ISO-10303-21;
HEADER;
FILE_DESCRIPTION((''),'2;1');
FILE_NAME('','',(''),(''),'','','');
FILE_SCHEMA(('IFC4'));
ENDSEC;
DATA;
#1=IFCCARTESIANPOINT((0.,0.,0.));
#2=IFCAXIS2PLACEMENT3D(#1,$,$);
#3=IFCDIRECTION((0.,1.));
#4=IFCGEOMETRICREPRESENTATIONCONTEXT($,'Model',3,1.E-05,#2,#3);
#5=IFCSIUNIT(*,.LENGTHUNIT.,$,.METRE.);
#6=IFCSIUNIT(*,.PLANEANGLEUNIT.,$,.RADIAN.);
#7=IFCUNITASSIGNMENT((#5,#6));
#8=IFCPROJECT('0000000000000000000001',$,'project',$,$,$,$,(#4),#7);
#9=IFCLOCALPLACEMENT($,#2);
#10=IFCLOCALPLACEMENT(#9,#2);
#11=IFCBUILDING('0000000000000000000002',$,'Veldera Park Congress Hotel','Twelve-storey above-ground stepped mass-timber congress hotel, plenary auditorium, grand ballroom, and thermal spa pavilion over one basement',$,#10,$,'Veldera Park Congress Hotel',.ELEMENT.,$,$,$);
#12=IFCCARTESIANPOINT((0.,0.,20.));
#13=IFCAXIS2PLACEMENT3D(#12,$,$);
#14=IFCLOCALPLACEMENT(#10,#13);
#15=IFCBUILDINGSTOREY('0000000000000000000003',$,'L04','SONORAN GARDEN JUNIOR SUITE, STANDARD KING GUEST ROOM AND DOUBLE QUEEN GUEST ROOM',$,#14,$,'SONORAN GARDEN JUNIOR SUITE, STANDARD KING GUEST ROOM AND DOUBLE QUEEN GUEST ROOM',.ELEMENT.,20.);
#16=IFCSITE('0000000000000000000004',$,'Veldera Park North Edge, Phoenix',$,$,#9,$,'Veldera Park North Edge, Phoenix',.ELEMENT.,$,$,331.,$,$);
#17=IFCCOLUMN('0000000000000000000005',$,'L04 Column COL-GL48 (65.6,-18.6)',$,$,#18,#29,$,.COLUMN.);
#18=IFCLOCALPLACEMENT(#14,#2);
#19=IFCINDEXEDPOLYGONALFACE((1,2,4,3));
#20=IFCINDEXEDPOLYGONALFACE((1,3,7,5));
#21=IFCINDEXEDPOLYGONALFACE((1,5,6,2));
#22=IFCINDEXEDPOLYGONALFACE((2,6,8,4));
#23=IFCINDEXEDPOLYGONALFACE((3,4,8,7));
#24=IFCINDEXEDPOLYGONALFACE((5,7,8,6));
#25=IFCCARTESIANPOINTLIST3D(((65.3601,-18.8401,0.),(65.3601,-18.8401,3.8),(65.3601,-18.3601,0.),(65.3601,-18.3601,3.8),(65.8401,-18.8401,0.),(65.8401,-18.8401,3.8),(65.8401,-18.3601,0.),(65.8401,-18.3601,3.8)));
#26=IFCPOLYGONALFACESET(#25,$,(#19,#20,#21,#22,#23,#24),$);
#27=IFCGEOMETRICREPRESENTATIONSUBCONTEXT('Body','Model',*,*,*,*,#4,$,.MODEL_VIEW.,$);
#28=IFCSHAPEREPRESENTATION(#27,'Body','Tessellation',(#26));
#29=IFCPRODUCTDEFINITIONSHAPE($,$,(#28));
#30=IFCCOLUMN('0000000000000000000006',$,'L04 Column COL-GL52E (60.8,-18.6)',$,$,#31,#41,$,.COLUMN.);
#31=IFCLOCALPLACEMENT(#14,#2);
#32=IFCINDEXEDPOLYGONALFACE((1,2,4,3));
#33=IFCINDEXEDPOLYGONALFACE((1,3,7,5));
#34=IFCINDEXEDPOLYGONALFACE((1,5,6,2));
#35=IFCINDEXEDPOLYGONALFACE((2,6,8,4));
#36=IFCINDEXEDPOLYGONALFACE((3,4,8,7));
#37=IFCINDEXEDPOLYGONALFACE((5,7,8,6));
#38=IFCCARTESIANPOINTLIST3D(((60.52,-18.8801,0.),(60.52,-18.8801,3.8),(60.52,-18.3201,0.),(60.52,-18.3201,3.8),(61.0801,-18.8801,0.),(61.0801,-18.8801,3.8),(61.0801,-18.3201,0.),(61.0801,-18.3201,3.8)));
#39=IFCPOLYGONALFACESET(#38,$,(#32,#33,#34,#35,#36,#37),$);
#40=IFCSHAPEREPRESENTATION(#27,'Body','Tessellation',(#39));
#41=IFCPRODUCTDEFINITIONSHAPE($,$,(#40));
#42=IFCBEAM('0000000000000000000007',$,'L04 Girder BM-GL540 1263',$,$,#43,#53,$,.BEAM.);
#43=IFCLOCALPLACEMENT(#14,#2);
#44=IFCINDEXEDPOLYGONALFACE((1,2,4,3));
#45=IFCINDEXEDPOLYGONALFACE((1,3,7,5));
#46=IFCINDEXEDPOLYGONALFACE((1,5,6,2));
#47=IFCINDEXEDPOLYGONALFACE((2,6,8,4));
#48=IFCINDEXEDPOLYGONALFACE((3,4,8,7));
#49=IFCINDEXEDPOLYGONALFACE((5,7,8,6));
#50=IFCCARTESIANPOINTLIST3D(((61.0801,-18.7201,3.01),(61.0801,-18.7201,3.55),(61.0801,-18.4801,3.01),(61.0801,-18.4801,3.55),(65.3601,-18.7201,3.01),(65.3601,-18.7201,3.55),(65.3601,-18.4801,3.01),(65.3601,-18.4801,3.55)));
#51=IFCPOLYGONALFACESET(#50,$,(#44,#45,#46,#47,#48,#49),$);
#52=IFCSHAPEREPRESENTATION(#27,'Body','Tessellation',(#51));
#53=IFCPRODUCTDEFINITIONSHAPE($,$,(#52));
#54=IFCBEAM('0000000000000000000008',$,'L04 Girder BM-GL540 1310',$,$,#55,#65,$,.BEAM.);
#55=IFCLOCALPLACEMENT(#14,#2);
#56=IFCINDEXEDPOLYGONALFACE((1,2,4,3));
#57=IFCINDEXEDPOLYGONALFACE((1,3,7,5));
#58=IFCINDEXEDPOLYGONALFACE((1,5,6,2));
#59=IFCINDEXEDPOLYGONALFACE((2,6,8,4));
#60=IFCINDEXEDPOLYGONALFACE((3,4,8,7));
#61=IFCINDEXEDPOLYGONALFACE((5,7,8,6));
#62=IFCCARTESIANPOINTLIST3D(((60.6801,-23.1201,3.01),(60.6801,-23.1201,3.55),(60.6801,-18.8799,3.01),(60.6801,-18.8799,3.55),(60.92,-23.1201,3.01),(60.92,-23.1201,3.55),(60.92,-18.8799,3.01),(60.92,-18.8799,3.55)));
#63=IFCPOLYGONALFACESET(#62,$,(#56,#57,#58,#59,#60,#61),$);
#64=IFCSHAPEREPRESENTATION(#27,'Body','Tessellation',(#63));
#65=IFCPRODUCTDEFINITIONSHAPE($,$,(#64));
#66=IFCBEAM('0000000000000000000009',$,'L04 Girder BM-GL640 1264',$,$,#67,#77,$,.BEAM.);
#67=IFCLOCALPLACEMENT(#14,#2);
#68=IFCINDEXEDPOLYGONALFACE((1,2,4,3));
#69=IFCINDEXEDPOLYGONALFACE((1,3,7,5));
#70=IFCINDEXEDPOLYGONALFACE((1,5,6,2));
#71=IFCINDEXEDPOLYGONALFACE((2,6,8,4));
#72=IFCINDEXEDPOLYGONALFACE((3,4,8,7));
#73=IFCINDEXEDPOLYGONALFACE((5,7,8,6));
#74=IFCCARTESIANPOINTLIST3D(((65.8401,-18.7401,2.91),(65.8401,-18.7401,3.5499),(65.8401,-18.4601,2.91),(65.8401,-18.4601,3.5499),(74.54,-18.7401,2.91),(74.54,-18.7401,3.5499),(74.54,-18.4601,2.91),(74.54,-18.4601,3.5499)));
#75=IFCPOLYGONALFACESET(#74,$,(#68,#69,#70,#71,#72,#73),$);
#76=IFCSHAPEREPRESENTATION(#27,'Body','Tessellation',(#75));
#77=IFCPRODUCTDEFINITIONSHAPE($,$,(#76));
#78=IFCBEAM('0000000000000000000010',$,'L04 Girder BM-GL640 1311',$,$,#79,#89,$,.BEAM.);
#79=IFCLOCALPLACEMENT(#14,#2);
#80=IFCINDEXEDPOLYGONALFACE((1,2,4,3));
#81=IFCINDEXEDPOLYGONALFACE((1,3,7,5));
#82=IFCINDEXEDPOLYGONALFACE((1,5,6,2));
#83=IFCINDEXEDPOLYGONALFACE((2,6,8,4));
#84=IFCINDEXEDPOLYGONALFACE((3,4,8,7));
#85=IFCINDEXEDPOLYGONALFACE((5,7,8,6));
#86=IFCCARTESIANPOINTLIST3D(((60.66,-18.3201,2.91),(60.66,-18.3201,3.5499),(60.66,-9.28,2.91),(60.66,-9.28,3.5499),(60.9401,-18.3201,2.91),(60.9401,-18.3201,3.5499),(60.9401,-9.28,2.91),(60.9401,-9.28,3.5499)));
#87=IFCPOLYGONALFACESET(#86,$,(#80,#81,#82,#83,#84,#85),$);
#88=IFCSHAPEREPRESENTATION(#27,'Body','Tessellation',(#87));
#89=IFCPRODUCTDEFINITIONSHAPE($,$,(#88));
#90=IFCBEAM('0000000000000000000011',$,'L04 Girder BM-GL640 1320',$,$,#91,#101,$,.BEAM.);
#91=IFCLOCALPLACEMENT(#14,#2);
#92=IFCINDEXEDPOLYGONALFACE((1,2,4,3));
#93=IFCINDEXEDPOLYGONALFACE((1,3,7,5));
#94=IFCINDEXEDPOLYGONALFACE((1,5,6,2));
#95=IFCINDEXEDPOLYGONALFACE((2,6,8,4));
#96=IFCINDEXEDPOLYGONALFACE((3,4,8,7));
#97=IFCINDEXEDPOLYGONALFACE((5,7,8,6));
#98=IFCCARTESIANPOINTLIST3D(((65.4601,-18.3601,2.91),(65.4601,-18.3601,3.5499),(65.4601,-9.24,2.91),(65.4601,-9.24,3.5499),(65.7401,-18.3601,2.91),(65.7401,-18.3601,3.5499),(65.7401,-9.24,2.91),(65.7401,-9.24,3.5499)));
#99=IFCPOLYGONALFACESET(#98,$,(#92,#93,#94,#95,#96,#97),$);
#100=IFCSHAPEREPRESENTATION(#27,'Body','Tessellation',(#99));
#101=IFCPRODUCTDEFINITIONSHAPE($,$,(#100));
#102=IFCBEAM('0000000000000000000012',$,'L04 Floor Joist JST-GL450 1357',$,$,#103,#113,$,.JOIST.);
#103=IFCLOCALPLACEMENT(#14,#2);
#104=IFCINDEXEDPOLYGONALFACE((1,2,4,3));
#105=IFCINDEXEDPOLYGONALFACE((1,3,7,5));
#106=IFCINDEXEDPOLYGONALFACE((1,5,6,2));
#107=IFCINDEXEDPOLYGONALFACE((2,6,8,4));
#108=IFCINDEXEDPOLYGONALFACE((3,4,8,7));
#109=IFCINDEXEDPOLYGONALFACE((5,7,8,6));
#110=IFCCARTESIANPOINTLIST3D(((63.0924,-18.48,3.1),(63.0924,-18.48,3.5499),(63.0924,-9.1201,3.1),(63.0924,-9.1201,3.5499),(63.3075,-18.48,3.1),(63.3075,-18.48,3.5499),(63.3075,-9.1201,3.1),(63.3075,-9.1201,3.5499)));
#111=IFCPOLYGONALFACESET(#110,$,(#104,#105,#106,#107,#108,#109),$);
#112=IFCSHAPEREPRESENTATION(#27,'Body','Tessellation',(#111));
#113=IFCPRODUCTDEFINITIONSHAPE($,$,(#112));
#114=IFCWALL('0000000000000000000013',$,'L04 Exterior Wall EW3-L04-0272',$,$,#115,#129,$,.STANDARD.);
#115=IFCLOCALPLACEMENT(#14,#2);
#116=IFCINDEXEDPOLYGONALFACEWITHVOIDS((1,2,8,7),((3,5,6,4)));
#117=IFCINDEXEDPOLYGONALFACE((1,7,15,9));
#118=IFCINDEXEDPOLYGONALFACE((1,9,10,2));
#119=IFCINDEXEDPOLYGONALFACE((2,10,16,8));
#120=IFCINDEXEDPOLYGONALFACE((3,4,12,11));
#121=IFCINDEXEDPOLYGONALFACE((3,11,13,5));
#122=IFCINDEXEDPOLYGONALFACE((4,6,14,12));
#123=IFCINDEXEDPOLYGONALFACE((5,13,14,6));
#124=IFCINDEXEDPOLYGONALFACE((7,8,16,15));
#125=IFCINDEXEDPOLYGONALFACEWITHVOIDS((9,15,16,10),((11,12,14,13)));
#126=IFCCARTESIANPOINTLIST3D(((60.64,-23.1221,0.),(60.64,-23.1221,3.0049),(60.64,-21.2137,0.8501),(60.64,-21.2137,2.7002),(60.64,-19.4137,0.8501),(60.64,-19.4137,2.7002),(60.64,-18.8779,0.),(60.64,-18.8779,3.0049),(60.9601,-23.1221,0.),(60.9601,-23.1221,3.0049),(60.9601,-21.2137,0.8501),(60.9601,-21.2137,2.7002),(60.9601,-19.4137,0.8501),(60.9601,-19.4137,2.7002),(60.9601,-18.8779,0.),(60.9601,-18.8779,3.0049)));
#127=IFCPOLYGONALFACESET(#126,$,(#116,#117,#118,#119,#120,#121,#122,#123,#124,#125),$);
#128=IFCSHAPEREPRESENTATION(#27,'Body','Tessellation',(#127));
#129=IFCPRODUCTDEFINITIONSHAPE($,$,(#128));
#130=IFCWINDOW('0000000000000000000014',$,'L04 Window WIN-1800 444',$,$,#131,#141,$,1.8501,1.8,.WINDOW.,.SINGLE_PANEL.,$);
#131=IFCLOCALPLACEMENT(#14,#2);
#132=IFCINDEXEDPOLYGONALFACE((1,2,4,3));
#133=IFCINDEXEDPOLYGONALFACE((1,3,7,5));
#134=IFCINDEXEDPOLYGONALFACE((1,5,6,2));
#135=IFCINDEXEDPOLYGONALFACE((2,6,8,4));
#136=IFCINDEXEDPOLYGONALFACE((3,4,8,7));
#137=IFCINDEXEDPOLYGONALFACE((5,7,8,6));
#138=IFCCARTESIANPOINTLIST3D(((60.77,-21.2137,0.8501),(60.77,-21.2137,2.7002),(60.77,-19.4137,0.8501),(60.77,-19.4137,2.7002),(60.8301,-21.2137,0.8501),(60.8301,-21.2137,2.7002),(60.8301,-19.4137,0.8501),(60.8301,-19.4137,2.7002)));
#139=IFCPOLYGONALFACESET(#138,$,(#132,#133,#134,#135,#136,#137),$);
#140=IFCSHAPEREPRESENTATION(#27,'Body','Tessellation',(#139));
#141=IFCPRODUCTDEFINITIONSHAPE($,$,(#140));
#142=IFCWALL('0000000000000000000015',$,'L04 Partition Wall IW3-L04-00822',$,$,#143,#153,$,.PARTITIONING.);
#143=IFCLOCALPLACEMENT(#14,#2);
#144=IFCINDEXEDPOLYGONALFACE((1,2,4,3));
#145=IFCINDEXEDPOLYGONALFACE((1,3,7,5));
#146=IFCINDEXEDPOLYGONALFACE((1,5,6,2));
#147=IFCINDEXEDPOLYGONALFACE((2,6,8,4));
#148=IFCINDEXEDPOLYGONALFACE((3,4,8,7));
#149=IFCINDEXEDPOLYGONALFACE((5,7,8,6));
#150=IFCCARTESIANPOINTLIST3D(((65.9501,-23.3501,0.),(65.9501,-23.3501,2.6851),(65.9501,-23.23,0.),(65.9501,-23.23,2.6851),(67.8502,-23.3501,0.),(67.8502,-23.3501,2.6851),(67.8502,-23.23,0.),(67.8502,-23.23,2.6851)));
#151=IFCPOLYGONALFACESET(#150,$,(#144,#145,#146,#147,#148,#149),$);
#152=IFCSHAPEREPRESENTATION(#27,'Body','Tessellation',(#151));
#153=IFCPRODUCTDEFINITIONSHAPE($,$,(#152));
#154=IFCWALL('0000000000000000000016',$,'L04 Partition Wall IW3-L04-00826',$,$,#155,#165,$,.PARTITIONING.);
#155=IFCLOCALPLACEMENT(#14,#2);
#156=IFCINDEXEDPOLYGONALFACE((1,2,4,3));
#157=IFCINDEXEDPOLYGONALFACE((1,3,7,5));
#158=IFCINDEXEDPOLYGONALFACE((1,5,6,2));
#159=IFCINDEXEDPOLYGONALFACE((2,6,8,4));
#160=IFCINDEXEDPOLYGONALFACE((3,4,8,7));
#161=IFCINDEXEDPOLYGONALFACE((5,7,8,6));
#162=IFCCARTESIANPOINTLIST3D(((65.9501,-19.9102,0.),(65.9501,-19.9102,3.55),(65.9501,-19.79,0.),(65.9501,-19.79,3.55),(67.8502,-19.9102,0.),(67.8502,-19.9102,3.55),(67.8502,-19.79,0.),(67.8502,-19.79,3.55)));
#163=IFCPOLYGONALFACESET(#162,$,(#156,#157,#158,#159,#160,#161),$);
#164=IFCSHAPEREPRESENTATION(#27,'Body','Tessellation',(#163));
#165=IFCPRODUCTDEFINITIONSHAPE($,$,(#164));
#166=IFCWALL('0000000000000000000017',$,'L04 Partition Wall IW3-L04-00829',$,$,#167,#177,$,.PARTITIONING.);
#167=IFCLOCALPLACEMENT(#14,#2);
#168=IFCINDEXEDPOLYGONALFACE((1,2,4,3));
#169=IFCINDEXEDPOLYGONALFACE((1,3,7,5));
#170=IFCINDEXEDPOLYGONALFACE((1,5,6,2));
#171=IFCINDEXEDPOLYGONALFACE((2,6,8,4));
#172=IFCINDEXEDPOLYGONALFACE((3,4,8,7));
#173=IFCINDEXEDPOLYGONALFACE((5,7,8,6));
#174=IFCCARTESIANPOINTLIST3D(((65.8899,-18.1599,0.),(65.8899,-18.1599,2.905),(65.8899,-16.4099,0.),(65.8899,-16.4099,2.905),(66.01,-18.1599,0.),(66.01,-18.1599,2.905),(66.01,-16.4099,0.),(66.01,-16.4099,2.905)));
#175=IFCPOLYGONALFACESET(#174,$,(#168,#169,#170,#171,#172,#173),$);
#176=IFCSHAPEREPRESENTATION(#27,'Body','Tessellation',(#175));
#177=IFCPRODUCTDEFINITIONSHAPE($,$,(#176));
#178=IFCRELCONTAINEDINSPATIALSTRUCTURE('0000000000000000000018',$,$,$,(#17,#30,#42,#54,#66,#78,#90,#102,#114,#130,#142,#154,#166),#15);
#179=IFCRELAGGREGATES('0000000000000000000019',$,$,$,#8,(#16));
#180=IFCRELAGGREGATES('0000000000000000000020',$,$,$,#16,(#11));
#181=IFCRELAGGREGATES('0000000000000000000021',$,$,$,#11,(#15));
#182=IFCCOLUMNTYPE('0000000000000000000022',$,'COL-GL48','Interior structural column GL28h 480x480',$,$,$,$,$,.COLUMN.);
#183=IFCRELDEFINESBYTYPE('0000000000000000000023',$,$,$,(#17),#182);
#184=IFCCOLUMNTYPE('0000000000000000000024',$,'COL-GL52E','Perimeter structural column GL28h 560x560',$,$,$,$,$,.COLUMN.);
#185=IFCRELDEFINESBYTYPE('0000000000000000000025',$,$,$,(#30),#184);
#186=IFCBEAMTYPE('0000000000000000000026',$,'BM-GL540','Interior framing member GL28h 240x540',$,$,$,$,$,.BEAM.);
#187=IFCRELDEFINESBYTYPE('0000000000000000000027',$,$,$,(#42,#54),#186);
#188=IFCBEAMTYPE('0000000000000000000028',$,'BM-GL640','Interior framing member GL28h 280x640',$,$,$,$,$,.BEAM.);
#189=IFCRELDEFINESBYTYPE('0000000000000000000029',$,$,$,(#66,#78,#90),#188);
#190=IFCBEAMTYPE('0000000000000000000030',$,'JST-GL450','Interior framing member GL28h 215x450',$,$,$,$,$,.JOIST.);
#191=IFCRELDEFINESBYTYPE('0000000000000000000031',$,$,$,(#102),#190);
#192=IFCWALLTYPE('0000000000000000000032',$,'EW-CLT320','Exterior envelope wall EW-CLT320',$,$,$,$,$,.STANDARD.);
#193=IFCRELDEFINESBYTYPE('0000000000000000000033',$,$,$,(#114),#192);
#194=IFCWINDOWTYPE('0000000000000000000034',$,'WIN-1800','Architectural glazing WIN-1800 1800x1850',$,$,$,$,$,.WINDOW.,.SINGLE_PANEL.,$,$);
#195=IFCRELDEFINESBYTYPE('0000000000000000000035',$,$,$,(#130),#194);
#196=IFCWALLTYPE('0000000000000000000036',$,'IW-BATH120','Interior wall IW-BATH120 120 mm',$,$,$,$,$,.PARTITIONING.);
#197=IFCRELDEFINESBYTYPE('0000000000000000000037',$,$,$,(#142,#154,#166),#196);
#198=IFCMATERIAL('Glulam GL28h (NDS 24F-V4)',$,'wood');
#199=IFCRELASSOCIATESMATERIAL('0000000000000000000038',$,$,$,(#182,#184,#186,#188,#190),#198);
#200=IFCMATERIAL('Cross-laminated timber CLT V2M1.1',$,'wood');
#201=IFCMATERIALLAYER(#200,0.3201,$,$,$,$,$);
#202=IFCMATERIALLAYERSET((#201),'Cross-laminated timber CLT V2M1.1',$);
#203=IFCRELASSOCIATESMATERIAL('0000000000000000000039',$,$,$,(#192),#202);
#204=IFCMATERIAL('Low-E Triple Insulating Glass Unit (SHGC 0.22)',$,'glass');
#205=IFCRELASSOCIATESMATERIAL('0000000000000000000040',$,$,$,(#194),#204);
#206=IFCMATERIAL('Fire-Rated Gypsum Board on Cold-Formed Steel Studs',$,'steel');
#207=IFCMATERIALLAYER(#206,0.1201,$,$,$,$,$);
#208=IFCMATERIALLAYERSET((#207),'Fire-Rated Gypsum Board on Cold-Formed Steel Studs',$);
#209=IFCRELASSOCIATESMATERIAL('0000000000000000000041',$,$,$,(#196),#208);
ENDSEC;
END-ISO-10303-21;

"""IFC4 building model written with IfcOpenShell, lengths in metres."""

from ifc_helpers import new_model, si_unit, direction, frame, frame_2d, origin, origin_2d, place, context, subcontext, project, spatial, rectangle, extrude, material, layer, layer_set, material_profile, profile_set, type_object, element, fill, save


model = new_model("IFC4")

# Units and contexts
model_context = context("Model", 3, precision=1e-05, world=origin(), true_north=direction((0.0, 1.0)))
body_context = subcontext(model_context, "Body", "Model", "MODEL_VIEW")
ifc_project = project(units=[si_unit("LENGTHUNIT", "METRE"), si_unit("PLANEANGLEUNIT", "RADIAN")], contexts=[model_context])

# Site, building, storey
site_placement = place(None, origin())
site = spatial("IfcSite", under=ifc_project, at=site_placement, Name="Veldera Park North Edge, Phoenix", LongName="Veldera Park North Edge, Phoenix", CompositionType="ELEMENT", RefElevation=331.0)
building_placement = place(site_placement, origin())
building = spatial("IfcBuilding", under=site, at=building_placement, Name="Veldera Park Congress Hotel", Description="Twelve-storey above-ground stepped mass-timber congress hotel, plenary auditorium, grand ballroom, and thermal spa pavilion over one basement", LongName="Veldera Park Congress Hotel", CompositionType="ELEMENT")
storey_placement = place(building_placement, frame((0.0, 0.0, 20.0)))
storey = spatial("IfcBuildingStorey", under=building, at=storey_placement, Name="L04", Description="SONORAN GARDEN JUNIOR SUITE, STANDARD KING GUEST ROOM AND DOUBLE QUEEN GUEST ROOM", LongName="SONORAN GARDEN JUNIOR SUITE, STANDARD KING GUEST ROOM AND DOUBLE QUEEN GUEST ROOM", CompositionType="ELEMENT", Elevation=20.0)

# Columns
ifc_material_1 = material(Name="Glulam GL28h (NDS 24F-V4)", Category="wood")
ifc_material_profile_1 = material_profile(ifc_material_1, rectangle(XDim=0.48, YDim=0.48, at=origin_2d()), Name="GL28h 480x480")
ifc_profile_set_1 = profile_set([ifc_material_profile_1], Name="Glulam GL28h (NDS 24F-V4)")
column_type_1 = type_object("IfcColumnType", Name="COL-GL48", Description="Interior structural column GL28h 480x480", PredefinedType="COLUMN", material=ifc_profile_set_1)
column_1_placement = place(storey_placement, frame((65.6001, -18.6001, 0.0), z_axis=(0.0, 0.0, 1.0), x_axis=(1.0, 0.0, 0.0)))
element("IfcColumn", 1, at=column_1_placement, inside=storey, type_object=column_type_1, Name="L04 Column COL-GL48 (65.6,-18.6)", PredefinedType="COLUMN", context=body_context, shape_type="SweptSolid", body=[
    extrude(rectangle(XDim=0.48, YDim=0.48, at=origin_2d()), origin(), (0.0, 0.0, 1.0), 3.8),
])
ifc_material_profile_2 = material_profile(ifc_material_1, rectangle(XDim=0.5601, YDim=0.5601, at=origin_2d()), Name="GL28h 560x560")
ifc_profile_set_2 = profile_set([ifc_material_profile_2], Name="Glulam GL28h (NDS 24F-V4)")
column_type_2 = type_object("IfcColumnType", Name="COL-GL52E", Description="Perimeter structural column GL28h 560x560", PredefinedType="COLUMN", material=ifc_profile_set_2)
column_2_placement = place(storey_placement, frame((60.8, -18.6001, 0.0), z_axis=(0.0, 0.0, 1.0), x_axis=(1.0, 0.0, 0.0)))
element("IfcColumn", 2, at=column_2_placement, inside=storey, type_object=column_type_2, Name="L04 Column COL-GL52E (60.8,-18.6)", PredefinedType="COLUMN", context=body_context, shape_type="SweptSolid", body=[
    extrude(rectangle(XDim=0.5601, YDim=0.5601, at=origin_2d()), origin(), (0.0, 0.0, 1.0), 3.8),
])

# Beams
ifc_material_profile_3 = material_profile(ifc_material_1, rectangle(XDim=0.24, YDim=0.54, at=origin_2d()), Name="GL28h 240x540")
ifc_profile_set_3 = profile_set([ifc_material_profile_3], Name="Glulam GL28h (NDS 24F-V4)")
beam_type_1 = type_object("IfcBeamType", Name="BM-GL540", Description="Interior framing member GL28h 240x540", PredefinedType="BEAM", material=ifc_profile_set_3)
beam_1_placement = place(storey_placement, frame((61.0801, -18.6001, 3.28), z_axis=(1.0, 0.0, 0.0), x_axis=(0.0, 1.0, 0.0)))
element("IfcBeam", 3, at=beam_1_placement, inside=storey, type_object=beam_type_1, Name="L04 Girder BM-GL540 1263", PredefinedType="BEAM", context=body_context, shape_type="SweptSolid", body=[
    extrude(rectangle(XDim=0.24, YDim=0.54, at=origin_2d()), origin(), (0.0, 0.0, 1.0), 4.28),
])
beam_2_placement = place(storey_placement, frame((60.8, -23.1201, 3.28), z_axis=(0.0, 1.0, 0.0), x_axis=(-1.0, 0.0, 0.0)))
element("IfcBeam", 4, at=beam_2_placement, inside=storey, type_object=beam_type_1, Name="L04 Girder BM-GL540 1310", PredefinedType="BEAM", context=body_context, shape_type="SweptSolid", body=[
    extrude(rectangle(XDim=0.24, YDim=0.54, at=origin_2d()), origin(), (0.0, 0.0, 1.0), 4.2402),
])
ifc_material_profile_4 = material_profile(ifc_material_1, rectangle(XDim=0.28, YDim=0.6399, at=origin_2d()), Name="GL28h 280x640")
ifc_profile_set_4 = profile_set([ifc_material_profile_4], Name="Glulam GL28h (NDS 24F-V4)")
beam_type_2 = type_object("IfcBeamType", Name="BM-GL640", Description="Interior framing member GL28h 280x640", PredefinedType="BEAM", material=ifc_profile_set_4)
beam_3_placement = place(storey_placement, frame((65.8401, -18.6001, 3.23), z_axis=(1.0, 0.0, 0.0), x_axis=(0.0, 1.0, 0.0)))
element("IfcBeam", 5, at=beam_3_placement, inside=storey, type_object=beam_type_2, Name="L04 Girder BM-GL640 1264", PredefinedType="BEAM", context=body_context, shape_type="SweptSolid", body=[
    extrude(rectangle(XDim=0.28, YDim=0.6399, at=origin_2d()), origin(), (0.0, 0.0, 1.0), 8.7),
])
beam_4_placement = place(storey_placement, frame((60.8, -18.3201, 3.23), z_axis=(0.0, 1.0, 0.0), x_axis=(-1.0, 0.0, 0.0)))
element("IfcBeam", 6, at=beam_4_placement, inside=storey, type_object=beam_type_2, Name="L04 Girder BM-GL640 1311", PredefinedType="BEAM", context=body_context, shape_type="SweptSolid", body=[
    extrude(rectangle(XDim=0.28, YDim=0.6399, at=origin_2d()), origin(), (0.0, 0.0, 1.0), 9.04),
])
beam_5_placement = place(storey_placement, frame((65.6001, -18.3601, 3.23), z_axis=(0.0, 1.0, 0.0), x_axis=(-1.0, 0.0, 0.0)))
element("IfcBeam", 7, at=beam_5_placement, inside=storey, type_object=beam_type_2, Name="L04 Girder BM-GL640 1320", PredefinedType="BEAM", context=body_context, shape_type="SweptSolid", body=[
    extrude(rectangle(XDim=0.28, YDim=0.6399, at=origin_2d()), origin(), (0.0, 0.0, 1.0), 9.1201),
])
ifc_material_profile_5 = material_profile(ifc_material_1, rectangle(XDim=0.2151, YDim=0.45, at=origin_2d()), Name="GL28h 215x450")
ifc_profile_set_5 = profile_set([ifc_material_profile_5], Name="Glulam GL28h (NDS 24F-V4)")
beam_type_3 = type_object("IfcBeamType", Name="JST-GL450", Description="Interior framing member GL28h 215x450", PredefinedType="JOIST", material=ifc_profile_set_5)
beam_6_placement = place(storey_placement, frame((63.2, -18.48, 3.325), z_axis=(0.0, 1.0, 0.0), x_axis=(-1.0, 0.0, 0.0)))
element("IfcBeam", 8, at=beam_6_placement, inside=storey, type_object=beam_type_3, Name="L04 Floor Joist JST-GL450 1357", PredefinedType="JOIST", context=body_context, shape_type="SweptSolid", body=[
    extrude(rectangle(XDim=0.2151, YDim=0.45, at=origin_2d()), origin(), (0.0, 0.0, 1.0), 9.3599),
])

# Wall, opening, window
ifc_material_2 = material(Name="Cross-laminated timber CLT V2M1.1", Category="wood")
ifc_layer_1 = layer(ifc_material_2, 0.3201)
ifc_layer_set_1 = layer_set([ifc_layer_1], Name="Cross-laminated timber CLT V2M1.1")
wall_type_1 = type_object("IfcWallType", Name="EW-CLT320", Description="Exterior envelope wall EW-CLT320", PredefinedType="STANDARD", material=ifc_layer_set_1)
wall_1_placement = place(storey_placement, frame((60.8, -18.8779, 0.0), z_axis=(0.0, 0.0, 1.0), x_axis=(0.0, -1.0, 0.0)))
wall_1 = element("IfcWall", 9, at=wall_1_placement, inside=storey, type_object=wall_type_1, Name="L04 Exterior Wall EW3-L04-0272", PredefinedType="STANDARD", context=body_context, shape_type="SweptSolid", body=[
    extrude(rectangle(XDim=4.2441, YDim=0.3201, at=frame_2d((2.1221, 0.0))), origin(), (0.0, 0.0, 1.0), 3.0049),
])
opening_1_placement = place(wall_1_placement, frame((0.5359, 0.0, 0.8501)))
opening_1 = element("IfcOpeningElement", 10, at=opening_1_placement, cuts=wall_1, PredefinedType="OPENING", context=body_context, shape_type="SweptSolid", body=[
    extrude(rectangle(XDim=1.8, YDim=1.8501, at=frame_2d((0.8999, 0.925))), frame((0.0, 0.1721, 0.0), z_axis=(0.0, -1.0, 0.0), x_axis=(1.0, 0.0, 0.0)), (0.0, 0.0, 1.0), 0.344),
])
ifc_material_3 = material(Name="Low-E Triple Insulating Glass Unit (SHGC 0.22)", Category="glass")
window_type = type_object("IfcWindowType", Name="WIN-1800", Description="Architectural glazing WIN-1800 1800x1850", PartitioningType="SINGLE_PANEL", PredefinedType="WINDOW", material=ifc_material_3)
window_placement = place(opening_1_placement, origin())
window = element("IfcWindow", 11, at=window_placement, inside=storey, type_object=window_type, Name="L04 Window WIN-1800 444", OverallHeight=1.8501, OverallWidth=1.8, PartitioningType="SINGLE_PANEL", PredefinedType="WINDOW", context=body_context, shape_type="SweptSolid", body=[
    extrude(rectangle(XDim=1.8, YDim=1.8501, at=frame_2d((0.8999, 0.925))), frame((0.0, 0.03, 0.0), z_axis=(0.0, -1.0, 0.0), x_axis=(1.0, 0.0, 0.0)), (0.0, 0.0, 1.0), 0.0601),
])
fill(opening_1, window)

# Wall
ifc_material_4 = material(Name="Fire-Rated Gypsum Board on Cold-Formed Steel Studs", Category="steel")
ifc_layer_2 = layer(ifc_material_4, 0.1201)
ifc_layer_set_2 = layer_set([ifc_layer_2], Name="Fire-Rated Gypsum Board on Cold-Formed Steel Studs")
wall_type_2 = type_object("IfcWallType", Name="IW-BATH120", Description="Interior wall IW-BATH120 120 mm", PredefinedType="PARTITIONING", material=ifc_layer_set_2)
wall_2_placement = place(storey_placement, frame((65.95, -23.29, 0.0), z_axis=(0.0, 0.0, 1.0), x_axis=(1.0, 0.0, 0.0)))
element("IfcWall", 12, at=wall_2_placement, inside=storey, type_object=wall_type_2, Name="L04 Partition Wall IW3-L04-00822", PredefinedType="PARTITIONING", context=body_context, shape_type="SweptSolid", body=[
    extrude(rectangle(XDim=1.9001, YDim=0.1201, at=frame_2d((0.9502, 0.0))), origin(), (0.0, 0.0, 1.0), 2.6851),
])

# Walls
wall_3_placement = place(storey_placement, frame((65.95, -19.8501, 0.0), z_axis=(0.0, 0.0, 1.0), x_axis=(1.0, 0.0, 0.0)))
element("IfcWall", 13, at=wall_3_placement, inside=storey, type_object=wall_type_2, Name="L04 Partition Wall IW3-L04-00826", PredefinedType="PARTITIONING", context=body_context, shape_type="SweptSolid", body=[
    extrude(rectangle(XDim=1.9001, YDim=0.1201, at=frame_2d((0.9502, 0.0))), origin(), (0.0, 0.0, 1.0), 3.55),
])
wall_4_placement = place(storey_placement, frame((65.95, -18.1599, 0.0), z_axis=(0.0, 0.0, 1.0), x_axis=(0.0, 1.0, 0.0)))
element("IfcWall", 14, at=wall_4_placement, inside=storey, type_object=wall_type_2, Name="L04 Partition Wall IW3-L04-00829", PredefinedType="PARTITIONING", context=body_context, shape_type="SweptSolid", body=[
    extrude(rectangle(XDim=1.75, YDim=0.1201, at=frame_2d((0.875, 0.0))), origin(), (0.0, 0.0, 1.0), 2.905),
])

save(model, "model.ifc")
